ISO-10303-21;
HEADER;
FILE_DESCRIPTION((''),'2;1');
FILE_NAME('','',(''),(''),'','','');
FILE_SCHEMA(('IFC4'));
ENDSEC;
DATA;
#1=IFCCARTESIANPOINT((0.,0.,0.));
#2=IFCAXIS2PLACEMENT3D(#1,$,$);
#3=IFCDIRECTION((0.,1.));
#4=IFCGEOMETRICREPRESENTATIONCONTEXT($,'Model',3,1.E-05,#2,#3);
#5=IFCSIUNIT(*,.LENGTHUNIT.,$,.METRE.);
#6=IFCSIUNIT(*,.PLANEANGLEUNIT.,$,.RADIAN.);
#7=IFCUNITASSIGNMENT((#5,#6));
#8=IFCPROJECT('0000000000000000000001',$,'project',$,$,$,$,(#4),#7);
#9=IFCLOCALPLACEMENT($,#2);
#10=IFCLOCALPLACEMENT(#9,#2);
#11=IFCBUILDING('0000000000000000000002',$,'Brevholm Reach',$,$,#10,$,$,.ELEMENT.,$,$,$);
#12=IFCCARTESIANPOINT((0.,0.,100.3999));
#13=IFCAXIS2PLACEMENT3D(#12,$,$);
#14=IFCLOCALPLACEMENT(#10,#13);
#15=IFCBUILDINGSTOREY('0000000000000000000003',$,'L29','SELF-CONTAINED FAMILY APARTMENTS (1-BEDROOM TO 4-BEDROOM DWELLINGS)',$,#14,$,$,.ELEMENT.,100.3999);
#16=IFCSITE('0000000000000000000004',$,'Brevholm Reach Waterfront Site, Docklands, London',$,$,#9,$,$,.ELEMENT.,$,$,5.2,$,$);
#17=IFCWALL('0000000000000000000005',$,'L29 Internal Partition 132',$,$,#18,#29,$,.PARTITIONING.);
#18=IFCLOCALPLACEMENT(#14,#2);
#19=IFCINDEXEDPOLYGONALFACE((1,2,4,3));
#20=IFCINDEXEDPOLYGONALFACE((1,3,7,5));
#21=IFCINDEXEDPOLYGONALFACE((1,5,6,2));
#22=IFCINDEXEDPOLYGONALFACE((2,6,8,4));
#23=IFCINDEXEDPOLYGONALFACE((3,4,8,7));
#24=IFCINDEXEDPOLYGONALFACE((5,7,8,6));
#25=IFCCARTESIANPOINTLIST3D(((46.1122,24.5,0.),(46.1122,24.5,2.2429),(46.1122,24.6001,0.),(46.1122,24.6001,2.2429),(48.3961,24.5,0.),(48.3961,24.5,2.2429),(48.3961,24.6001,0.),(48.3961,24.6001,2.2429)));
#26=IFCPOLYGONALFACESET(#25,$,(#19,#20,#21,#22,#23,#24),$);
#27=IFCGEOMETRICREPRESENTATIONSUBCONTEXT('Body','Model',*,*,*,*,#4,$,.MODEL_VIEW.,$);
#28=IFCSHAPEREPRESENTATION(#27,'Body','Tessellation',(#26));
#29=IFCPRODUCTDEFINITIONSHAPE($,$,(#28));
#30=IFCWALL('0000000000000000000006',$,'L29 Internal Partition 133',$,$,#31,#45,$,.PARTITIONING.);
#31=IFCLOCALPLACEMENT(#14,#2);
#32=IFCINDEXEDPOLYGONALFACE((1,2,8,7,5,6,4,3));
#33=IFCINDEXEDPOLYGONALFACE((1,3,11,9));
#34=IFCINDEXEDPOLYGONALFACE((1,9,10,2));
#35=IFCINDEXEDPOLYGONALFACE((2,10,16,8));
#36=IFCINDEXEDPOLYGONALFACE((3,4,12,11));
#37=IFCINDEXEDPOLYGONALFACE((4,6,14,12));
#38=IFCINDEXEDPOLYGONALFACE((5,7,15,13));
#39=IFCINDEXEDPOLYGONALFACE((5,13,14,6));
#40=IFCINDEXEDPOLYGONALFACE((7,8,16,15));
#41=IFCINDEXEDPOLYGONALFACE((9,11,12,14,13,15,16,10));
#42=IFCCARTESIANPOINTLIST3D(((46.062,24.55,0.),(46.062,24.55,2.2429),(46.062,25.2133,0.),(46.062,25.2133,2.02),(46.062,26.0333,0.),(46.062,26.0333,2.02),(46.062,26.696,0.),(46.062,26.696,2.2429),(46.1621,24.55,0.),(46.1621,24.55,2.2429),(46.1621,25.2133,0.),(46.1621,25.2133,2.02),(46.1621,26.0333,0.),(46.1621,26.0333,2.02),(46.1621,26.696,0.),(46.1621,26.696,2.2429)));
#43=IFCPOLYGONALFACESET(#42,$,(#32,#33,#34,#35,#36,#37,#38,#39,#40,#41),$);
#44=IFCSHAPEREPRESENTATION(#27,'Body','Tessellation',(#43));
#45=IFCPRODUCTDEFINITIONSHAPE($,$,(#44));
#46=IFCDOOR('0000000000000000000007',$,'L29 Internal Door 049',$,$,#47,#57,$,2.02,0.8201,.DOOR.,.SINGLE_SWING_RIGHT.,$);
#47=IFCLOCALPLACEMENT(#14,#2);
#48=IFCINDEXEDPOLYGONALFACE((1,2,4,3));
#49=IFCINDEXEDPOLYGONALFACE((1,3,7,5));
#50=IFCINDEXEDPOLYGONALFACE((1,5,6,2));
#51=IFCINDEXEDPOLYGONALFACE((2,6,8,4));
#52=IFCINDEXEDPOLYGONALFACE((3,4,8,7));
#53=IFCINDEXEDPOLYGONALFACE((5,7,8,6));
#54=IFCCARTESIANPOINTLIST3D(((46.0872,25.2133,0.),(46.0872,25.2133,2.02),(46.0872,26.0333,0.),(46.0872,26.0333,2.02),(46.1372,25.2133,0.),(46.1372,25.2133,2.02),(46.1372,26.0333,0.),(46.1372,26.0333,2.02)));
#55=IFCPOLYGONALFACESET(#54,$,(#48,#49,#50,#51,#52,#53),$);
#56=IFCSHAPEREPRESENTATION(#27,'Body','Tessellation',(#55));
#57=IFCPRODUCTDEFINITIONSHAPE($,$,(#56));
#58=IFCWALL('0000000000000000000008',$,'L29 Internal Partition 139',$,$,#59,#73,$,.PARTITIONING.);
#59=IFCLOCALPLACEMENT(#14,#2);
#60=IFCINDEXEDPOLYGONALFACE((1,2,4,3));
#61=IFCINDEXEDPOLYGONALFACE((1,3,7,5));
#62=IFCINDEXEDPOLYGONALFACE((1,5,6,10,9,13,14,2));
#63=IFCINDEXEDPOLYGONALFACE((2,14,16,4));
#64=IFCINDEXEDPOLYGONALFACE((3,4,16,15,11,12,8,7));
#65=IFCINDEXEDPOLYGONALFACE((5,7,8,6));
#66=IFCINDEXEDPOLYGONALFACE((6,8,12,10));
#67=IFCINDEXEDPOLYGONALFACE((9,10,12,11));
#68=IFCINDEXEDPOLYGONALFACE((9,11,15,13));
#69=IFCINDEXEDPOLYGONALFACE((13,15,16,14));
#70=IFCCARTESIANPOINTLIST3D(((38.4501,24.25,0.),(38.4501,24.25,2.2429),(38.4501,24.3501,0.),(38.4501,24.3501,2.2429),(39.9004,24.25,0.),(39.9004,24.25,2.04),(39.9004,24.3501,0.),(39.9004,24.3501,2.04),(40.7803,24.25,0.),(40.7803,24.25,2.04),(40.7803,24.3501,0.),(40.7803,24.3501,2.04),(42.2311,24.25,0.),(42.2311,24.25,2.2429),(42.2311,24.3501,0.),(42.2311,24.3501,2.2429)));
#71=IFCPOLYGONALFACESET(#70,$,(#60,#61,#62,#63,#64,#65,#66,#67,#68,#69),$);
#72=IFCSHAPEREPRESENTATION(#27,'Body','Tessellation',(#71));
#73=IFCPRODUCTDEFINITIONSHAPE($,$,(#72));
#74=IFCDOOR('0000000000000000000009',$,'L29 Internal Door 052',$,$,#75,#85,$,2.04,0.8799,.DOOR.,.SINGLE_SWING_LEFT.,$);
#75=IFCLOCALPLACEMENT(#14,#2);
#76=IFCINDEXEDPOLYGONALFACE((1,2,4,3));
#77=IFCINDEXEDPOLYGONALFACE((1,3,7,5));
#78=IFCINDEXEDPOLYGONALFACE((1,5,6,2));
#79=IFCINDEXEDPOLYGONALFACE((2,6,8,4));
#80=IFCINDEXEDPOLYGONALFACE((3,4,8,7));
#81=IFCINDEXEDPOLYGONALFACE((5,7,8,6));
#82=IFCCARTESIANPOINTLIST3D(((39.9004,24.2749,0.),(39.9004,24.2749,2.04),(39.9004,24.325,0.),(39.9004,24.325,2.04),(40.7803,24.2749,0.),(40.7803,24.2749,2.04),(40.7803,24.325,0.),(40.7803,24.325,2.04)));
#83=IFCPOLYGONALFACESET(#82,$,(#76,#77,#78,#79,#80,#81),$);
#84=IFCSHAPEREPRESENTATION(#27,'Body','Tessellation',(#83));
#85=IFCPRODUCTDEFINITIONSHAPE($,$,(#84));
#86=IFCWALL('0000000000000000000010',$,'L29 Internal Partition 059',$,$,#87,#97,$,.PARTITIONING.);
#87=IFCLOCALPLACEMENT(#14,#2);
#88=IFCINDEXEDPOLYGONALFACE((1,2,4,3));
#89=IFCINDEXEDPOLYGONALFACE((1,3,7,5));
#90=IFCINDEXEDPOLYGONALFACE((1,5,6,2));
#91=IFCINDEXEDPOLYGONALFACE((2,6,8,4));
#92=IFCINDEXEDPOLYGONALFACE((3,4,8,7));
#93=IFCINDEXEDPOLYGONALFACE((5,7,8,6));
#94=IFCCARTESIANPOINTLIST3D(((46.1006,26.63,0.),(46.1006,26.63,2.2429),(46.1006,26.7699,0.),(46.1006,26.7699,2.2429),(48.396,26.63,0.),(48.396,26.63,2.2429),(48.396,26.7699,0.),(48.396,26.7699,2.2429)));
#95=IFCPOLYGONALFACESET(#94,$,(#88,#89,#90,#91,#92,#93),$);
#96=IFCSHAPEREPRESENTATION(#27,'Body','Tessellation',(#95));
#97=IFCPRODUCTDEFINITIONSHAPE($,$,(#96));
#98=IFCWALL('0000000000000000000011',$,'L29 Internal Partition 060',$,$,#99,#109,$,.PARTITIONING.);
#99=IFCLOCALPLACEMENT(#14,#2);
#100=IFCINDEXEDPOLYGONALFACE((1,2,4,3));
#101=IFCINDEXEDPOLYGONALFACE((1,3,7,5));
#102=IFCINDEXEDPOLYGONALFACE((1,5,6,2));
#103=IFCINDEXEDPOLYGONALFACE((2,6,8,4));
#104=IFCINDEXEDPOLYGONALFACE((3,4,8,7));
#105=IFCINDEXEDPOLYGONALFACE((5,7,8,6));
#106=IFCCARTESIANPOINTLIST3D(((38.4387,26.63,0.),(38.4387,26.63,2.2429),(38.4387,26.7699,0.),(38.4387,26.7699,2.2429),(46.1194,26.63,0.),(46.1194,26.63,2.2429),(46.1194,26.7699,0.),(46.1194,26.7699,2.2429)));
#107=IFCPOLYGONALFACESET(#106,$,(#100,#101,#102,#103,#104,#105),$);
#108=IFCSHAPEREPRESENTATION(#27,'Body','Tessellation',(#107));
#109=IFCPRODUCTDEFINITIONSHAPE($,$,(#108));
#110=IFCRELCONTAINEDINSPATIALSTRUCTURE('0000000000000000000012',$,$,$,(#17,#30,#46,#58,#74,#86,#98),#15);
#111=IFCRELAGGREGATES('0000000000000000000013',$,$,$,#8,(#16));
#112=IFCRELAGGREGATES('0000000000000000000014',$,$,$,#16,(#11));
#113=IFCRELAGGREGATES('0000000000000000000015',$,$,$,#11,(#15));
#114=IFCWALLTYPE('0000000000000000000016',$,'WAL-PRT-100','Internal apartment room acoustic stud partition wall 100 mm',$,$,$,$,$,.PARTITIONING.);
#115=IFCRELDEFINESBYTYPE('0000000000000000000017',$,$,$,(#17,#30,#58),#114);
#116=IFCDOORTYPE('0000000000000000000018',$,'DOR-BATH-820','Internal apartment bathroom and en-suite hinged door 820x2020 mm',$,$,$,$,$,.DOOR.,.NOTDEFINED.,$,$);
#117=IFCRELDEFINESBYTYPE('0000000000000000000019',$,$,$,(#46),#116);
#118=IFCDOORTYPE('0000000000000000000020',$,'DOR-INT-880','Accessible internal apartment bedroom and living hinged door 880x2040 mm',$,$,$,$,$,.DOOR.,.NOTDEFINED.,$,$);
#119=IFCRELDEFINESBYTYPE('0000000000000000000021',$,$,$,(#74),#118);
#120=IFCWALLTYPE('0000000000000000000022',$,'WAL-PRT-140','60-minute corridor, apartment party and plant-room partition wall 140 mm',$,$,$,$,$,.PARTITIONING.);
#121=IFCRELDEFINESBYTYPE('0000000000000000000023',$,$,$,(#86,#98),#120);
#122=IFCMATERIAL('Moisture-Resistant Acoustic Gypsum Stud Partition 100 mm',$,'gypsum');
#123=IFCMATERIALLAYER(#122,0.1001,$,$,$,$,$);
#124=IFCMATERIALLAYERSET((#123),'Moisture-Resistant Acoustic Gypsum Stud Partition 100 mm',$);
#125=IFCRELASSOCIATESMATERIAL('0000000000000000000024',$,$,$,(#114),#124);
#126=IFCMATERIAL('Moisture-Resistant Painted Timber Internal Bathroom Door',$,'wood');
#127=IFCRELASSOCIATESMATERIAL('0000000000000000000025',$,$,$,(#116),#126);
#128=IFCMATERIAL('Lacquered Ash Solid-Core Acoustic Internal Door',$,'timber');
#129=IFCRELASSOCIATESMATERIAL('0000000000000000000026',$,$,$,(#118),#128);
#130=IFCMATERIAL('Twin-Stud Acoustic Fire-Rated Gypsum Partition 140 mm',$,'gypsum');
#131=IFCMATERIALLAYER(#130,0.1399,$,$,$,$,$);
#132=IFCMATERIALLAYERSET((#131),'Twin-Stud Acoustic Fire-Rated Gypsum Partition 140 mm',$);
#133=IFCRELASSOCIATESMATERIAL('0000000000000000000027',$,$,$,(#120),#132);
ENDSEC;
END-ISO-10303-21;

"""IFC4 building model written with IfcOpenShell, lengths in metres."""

from ifc_helpers import new_model, si_unit, direction, frame, frame_2d, origin, place, context, subcontext, project, spatial, rectangle, extrude, material, layer, layer_set, type_object, element, fill, save


model = new_model("IFC4")

# Units and contexts
model_context = context("Model", 3, precision=1e-05, world=origin(), true_north=direction((0.0, 1.0)))
body_context = subcontext(model_context, "Body", "Model", "MODEL_VIEW")
ifc_project = project(units=[si_unit("LENGTHUNIT", "METRE"), si_unit("PLANEANGLEUNIT", "RADIAN")], contexts=[model_context])

# Site, building, storey
site_placement = place(None, origin())
site = spatial("IfcSite", under=ifc_project, at=site_placement, Name="Brevholm Reach Waterfront Site, Docklands, London", CompositionType="ELEMENT", RefElevation=5.2)
building_placement = place(site_placement, origin())
building = spatial("IfcBuilding", under=site, at=building_placement, Name="Brevholm Reach", CompositionType="ELEMENT")
storey_placement = place(building_placement, frame((0.0, 0.0, 100.3999)))
storey = spatial("IfcBuildingStorey", under=building, at=storey_placement, Name="L29", Description="SELF-CONTAINED FAMILY APARTMENTS (1-BEDROOM TO 4-BEDROOM DWELLINGS)", CompositionType="ELEMENT", Elevation=100.3999)

# Wall
ifc_material_1 = material(Name="Moisture-Resistant Acoustic Gypsum Stud Partition 100 mm", Category="gypsum")
ifc_layer_1 = layer(ifc_material_1, 0.1001)
ifc_layer_set_1 = layer_set([ifc_layer_1], Name="Moisture-Resistant Acoustic Gypsum Stud Partition 100 mm")
wall_type_1 = type_object("IfcWallType", Name="WAL-PRT-100", Description="Internal apartment room acoustic stud partition wall 100 mm", PredefinedType="PARTITIONING", material=ifc_layer_set_1)
wall_1_placement = place(storey_placement, frame((46.1121, 24.55, 0.0), z_axis=(0.0, 0.0, 1.0), x_axis=(1.0, 0.0, 0.0)))
element("IfcWall", 1, at=wall_1_placement, inside=storey, type_object=wall_type_1, Name="L29 Internal Partition 132", PredefinedType="PARTITIONING", context=body_context, shape_type="SweptSolid", body=[
    extrude(rectangle(XDim=2.2839, YDim=0.1001, at=frame_2d((1.1421, 0.0))), origin(), (0.0, 0.0, 1.0), 2.2429),
])

# Walls, openings, doors
wall_2_placement = place(storey_placement, frame((46.1121, 24.55, 0.0), z_axis=(0.0, 0.0, 1.0), x_axis=(0.0, 1.0, 0.0)))
wall_2 = element("IfcWall", 2, at=wall_2_placement, inside=storey, type_object=wall_type_1, Name="L29 Internal Partition 133", PredefinedType="PARTITIONING", context=body_context, shape_type="SweptSolid", body=[
    extrude(rectangle(XDim=2.146, YDim=0.1001, at=frame_2d((1.073, 0.0))), origin(), (0.0, 0.0, 1.0), 2.2429),
])
opening_1_placement = place(wall_2_placement, frame((0.6631, 0.0, 0.0)))
opening_1 = element("IfcOpeningElement", 3, at=opening_1_placement, cuts=wall_2, PredefinedType="OPENING", context=body_context, shape_type="SweptSolid", body=[
    extrude(rectangle(XDim=0.8201, YDim=2.02, at=frame_2d((0.4102, 1.01))), frame((0.0, 0.0601, 0.0), z_axis=(0.0, -1.0, 0.0), x_axis=(1.0, 0.0, 0.0)), (0.0, 0.0, 1.0), 0.1201),
])
ifc_material_2 = material(Name="Moisture-Resistant Painted Timber Internal Bathroom Door", Category="wood")
door_type_1 = type_object("IfcDoorType", Name="DOR-BATH-820", Description="Internal apartment bathroom and en-suite hinged door 820x2020 mm", OperationType="NOTDEFINED", PredefinedType="DOOR", material=ifc_material_2)
door_1_placement = place(opening_1_placement, origin())
door_1 = element("IfcDoor", 4, at=door_1_placement, inside=storey, type_object=door_type_1, Name="L29 Internal Door 049", OperationType="SINGLE_SWING_RIGHT", OverallHeight=2.02, OverallWidth=0.8201, PredefinedType="DOOR", context=body_context, shape_type="SweptSolid", body=[
    extrude(rectangle(XDim=0.8201, YDim=2.02, at=frame_2d((0.4102, 1.01))), frame((0.0, 0.0249, 0.0), z_axis=(0.0, -1.0, 0.0), x_axis=(1.0, 0.0, 0.0)), (0.0, 0.0, 1.0), 0.05),
])
fill(opening_1, door_1)
wall_3_placement = place(storey_placement, frame((38.45, 24.3, 0.0), z_axis=(0.0, 0.0, 1.0), x_axis=(1.0, 0.0, 0.0)))
wall_3 = element("IfcWall", 5, at=wall_3_placement, inside=storey, type_object=wall_type_1, Name="L29 Internal Partition 139", PredefinedType="PARTITIONING", context=body_context, shape_type="SweptSolid", body=[
    extrude(rectangle(XDim=3.781, YDim=0.1001, at=frame_2d((1.8906, 0.0))), origin(), (0.0, 0.0, 1.0), 2.2429),
])
opening_2_placement = place(wall_3_placement, frame((1.4504, 0.0, 0.0)))
opening_2 = element("IfcOpeningElement", 6, at=opening_2_placement, cuts=wall_3, PredefinedType="OPENING", context=body_context, shape_type="SweptSolid", body=[
    extrude(rectangle(XDim=0.8799, YDim=2.04, at=frame_2d((0.4399, 1.02))), frame((0.0, 0.0601, 0.0), z_axis=(0.0, -1.0, 0.0), x_axis=(1.0, 0.0, 0.0)), (0.0, 0.0, 1.0), 0.1201),
])
ifc_material_3 = material(Name="Lacquered Ash Solid-Core Acoustic Internal Door", Category="timber")
door_type_2 = type_object("IfcDoorType", Name="DOR-INT-880", Description="Accessible internal apartment bedroom and living hinged door 880x2040 mm", OperationType="NOTDEFINED", PredefinedType="DOOR", material=ifc_material_3)
door_2_placement = place(opening_2_placement, origin())
door_2 = element("IfcDoor", 7, at=door_2_placement, inside=storey, type_object=door_type_2, Name="L29 Internal Door 052", OperationType="SINGLE_SWING_LEFT", OverallHeight=2.04, OverallWidth=0.8799, PredefinedType="DOOR", context=body_context, shape_type="SweptSolid", body=[
    extrude(rectangle(XDim=0.8799, YDim=2.04, at=frame_2d((0.4399, 1.02))), frame((0.0, 0.0249, 0.0), z_axis=(0.0, -1.0, 0.0), x_axis=(1.0, 0.0, 0.0)), (0.0, 0.0, 1.0), 0.05),
])
fill(opening_2, door_2)

# Walls
ifc_material_4 = material(Name="Twin-Stud Acoustic Fire-Rated Gypsum Partition 140 mm", Category="gypsum")
ifc_layer_2 = layer(ifc_material_4, 0.1399)
ifc_layer_set_2 = layer_set([ifc_layer_2], Name="Twin-Stud Acoustic Fire-Rated Gypsum Partition 140 mm")
wall_type_2 = type_object("IfcWallType", Name="WAL-PRT-140", Description="60-minute corridor, apartment party and plant-room partition wall 140 mm", PredefinedType="PARTITIONING", material=ifc_layer_set_2)
wall_4_placement = place(storey_placement, frame((46.1006, 26.7, 0.0), z_axis=(0.0, 0.0, 1.0), x_axis=(1.0, 0.0, 0.0)))
element("IfcWall", 8, at=wall_4_placement, inside=storey, type_object=wall_type_2, Name="L29 Internal Partition 059", PredefinedType="PARTITIONING", context=body_context, shape_type="SweptSolid", body=[
    extrude(rectangle(XDim=2.2954, YDim=0.1399, at=frame_2d((1.1477, 0.0))), origin(), (0.0, 0.0, 1.0), 2.2429),
])
wall_5_placement = place(storey_placement, frame((38.4387, 26.7, 0.0), z_axis=(0.0, 0.0, 1.0), x_axis=(1.0, 0.0, 0.0)))
element("IfcWall", 9, at=wall_5_placement, inside=storey, type_object=wall_type_2, Name="L29 Internal Partition 060", PredefinedType="PARTITIONING", context=body_context, shape_type="SweptSolid", body=[
    extrude(rectangle(XDim=7.6807, YDim=0.1399, at=frame_2d((3.8403, 0.0))), origin(), (0.0, 0.0, 1.0), 2.2429),
])

save(model, "model.ifc")
